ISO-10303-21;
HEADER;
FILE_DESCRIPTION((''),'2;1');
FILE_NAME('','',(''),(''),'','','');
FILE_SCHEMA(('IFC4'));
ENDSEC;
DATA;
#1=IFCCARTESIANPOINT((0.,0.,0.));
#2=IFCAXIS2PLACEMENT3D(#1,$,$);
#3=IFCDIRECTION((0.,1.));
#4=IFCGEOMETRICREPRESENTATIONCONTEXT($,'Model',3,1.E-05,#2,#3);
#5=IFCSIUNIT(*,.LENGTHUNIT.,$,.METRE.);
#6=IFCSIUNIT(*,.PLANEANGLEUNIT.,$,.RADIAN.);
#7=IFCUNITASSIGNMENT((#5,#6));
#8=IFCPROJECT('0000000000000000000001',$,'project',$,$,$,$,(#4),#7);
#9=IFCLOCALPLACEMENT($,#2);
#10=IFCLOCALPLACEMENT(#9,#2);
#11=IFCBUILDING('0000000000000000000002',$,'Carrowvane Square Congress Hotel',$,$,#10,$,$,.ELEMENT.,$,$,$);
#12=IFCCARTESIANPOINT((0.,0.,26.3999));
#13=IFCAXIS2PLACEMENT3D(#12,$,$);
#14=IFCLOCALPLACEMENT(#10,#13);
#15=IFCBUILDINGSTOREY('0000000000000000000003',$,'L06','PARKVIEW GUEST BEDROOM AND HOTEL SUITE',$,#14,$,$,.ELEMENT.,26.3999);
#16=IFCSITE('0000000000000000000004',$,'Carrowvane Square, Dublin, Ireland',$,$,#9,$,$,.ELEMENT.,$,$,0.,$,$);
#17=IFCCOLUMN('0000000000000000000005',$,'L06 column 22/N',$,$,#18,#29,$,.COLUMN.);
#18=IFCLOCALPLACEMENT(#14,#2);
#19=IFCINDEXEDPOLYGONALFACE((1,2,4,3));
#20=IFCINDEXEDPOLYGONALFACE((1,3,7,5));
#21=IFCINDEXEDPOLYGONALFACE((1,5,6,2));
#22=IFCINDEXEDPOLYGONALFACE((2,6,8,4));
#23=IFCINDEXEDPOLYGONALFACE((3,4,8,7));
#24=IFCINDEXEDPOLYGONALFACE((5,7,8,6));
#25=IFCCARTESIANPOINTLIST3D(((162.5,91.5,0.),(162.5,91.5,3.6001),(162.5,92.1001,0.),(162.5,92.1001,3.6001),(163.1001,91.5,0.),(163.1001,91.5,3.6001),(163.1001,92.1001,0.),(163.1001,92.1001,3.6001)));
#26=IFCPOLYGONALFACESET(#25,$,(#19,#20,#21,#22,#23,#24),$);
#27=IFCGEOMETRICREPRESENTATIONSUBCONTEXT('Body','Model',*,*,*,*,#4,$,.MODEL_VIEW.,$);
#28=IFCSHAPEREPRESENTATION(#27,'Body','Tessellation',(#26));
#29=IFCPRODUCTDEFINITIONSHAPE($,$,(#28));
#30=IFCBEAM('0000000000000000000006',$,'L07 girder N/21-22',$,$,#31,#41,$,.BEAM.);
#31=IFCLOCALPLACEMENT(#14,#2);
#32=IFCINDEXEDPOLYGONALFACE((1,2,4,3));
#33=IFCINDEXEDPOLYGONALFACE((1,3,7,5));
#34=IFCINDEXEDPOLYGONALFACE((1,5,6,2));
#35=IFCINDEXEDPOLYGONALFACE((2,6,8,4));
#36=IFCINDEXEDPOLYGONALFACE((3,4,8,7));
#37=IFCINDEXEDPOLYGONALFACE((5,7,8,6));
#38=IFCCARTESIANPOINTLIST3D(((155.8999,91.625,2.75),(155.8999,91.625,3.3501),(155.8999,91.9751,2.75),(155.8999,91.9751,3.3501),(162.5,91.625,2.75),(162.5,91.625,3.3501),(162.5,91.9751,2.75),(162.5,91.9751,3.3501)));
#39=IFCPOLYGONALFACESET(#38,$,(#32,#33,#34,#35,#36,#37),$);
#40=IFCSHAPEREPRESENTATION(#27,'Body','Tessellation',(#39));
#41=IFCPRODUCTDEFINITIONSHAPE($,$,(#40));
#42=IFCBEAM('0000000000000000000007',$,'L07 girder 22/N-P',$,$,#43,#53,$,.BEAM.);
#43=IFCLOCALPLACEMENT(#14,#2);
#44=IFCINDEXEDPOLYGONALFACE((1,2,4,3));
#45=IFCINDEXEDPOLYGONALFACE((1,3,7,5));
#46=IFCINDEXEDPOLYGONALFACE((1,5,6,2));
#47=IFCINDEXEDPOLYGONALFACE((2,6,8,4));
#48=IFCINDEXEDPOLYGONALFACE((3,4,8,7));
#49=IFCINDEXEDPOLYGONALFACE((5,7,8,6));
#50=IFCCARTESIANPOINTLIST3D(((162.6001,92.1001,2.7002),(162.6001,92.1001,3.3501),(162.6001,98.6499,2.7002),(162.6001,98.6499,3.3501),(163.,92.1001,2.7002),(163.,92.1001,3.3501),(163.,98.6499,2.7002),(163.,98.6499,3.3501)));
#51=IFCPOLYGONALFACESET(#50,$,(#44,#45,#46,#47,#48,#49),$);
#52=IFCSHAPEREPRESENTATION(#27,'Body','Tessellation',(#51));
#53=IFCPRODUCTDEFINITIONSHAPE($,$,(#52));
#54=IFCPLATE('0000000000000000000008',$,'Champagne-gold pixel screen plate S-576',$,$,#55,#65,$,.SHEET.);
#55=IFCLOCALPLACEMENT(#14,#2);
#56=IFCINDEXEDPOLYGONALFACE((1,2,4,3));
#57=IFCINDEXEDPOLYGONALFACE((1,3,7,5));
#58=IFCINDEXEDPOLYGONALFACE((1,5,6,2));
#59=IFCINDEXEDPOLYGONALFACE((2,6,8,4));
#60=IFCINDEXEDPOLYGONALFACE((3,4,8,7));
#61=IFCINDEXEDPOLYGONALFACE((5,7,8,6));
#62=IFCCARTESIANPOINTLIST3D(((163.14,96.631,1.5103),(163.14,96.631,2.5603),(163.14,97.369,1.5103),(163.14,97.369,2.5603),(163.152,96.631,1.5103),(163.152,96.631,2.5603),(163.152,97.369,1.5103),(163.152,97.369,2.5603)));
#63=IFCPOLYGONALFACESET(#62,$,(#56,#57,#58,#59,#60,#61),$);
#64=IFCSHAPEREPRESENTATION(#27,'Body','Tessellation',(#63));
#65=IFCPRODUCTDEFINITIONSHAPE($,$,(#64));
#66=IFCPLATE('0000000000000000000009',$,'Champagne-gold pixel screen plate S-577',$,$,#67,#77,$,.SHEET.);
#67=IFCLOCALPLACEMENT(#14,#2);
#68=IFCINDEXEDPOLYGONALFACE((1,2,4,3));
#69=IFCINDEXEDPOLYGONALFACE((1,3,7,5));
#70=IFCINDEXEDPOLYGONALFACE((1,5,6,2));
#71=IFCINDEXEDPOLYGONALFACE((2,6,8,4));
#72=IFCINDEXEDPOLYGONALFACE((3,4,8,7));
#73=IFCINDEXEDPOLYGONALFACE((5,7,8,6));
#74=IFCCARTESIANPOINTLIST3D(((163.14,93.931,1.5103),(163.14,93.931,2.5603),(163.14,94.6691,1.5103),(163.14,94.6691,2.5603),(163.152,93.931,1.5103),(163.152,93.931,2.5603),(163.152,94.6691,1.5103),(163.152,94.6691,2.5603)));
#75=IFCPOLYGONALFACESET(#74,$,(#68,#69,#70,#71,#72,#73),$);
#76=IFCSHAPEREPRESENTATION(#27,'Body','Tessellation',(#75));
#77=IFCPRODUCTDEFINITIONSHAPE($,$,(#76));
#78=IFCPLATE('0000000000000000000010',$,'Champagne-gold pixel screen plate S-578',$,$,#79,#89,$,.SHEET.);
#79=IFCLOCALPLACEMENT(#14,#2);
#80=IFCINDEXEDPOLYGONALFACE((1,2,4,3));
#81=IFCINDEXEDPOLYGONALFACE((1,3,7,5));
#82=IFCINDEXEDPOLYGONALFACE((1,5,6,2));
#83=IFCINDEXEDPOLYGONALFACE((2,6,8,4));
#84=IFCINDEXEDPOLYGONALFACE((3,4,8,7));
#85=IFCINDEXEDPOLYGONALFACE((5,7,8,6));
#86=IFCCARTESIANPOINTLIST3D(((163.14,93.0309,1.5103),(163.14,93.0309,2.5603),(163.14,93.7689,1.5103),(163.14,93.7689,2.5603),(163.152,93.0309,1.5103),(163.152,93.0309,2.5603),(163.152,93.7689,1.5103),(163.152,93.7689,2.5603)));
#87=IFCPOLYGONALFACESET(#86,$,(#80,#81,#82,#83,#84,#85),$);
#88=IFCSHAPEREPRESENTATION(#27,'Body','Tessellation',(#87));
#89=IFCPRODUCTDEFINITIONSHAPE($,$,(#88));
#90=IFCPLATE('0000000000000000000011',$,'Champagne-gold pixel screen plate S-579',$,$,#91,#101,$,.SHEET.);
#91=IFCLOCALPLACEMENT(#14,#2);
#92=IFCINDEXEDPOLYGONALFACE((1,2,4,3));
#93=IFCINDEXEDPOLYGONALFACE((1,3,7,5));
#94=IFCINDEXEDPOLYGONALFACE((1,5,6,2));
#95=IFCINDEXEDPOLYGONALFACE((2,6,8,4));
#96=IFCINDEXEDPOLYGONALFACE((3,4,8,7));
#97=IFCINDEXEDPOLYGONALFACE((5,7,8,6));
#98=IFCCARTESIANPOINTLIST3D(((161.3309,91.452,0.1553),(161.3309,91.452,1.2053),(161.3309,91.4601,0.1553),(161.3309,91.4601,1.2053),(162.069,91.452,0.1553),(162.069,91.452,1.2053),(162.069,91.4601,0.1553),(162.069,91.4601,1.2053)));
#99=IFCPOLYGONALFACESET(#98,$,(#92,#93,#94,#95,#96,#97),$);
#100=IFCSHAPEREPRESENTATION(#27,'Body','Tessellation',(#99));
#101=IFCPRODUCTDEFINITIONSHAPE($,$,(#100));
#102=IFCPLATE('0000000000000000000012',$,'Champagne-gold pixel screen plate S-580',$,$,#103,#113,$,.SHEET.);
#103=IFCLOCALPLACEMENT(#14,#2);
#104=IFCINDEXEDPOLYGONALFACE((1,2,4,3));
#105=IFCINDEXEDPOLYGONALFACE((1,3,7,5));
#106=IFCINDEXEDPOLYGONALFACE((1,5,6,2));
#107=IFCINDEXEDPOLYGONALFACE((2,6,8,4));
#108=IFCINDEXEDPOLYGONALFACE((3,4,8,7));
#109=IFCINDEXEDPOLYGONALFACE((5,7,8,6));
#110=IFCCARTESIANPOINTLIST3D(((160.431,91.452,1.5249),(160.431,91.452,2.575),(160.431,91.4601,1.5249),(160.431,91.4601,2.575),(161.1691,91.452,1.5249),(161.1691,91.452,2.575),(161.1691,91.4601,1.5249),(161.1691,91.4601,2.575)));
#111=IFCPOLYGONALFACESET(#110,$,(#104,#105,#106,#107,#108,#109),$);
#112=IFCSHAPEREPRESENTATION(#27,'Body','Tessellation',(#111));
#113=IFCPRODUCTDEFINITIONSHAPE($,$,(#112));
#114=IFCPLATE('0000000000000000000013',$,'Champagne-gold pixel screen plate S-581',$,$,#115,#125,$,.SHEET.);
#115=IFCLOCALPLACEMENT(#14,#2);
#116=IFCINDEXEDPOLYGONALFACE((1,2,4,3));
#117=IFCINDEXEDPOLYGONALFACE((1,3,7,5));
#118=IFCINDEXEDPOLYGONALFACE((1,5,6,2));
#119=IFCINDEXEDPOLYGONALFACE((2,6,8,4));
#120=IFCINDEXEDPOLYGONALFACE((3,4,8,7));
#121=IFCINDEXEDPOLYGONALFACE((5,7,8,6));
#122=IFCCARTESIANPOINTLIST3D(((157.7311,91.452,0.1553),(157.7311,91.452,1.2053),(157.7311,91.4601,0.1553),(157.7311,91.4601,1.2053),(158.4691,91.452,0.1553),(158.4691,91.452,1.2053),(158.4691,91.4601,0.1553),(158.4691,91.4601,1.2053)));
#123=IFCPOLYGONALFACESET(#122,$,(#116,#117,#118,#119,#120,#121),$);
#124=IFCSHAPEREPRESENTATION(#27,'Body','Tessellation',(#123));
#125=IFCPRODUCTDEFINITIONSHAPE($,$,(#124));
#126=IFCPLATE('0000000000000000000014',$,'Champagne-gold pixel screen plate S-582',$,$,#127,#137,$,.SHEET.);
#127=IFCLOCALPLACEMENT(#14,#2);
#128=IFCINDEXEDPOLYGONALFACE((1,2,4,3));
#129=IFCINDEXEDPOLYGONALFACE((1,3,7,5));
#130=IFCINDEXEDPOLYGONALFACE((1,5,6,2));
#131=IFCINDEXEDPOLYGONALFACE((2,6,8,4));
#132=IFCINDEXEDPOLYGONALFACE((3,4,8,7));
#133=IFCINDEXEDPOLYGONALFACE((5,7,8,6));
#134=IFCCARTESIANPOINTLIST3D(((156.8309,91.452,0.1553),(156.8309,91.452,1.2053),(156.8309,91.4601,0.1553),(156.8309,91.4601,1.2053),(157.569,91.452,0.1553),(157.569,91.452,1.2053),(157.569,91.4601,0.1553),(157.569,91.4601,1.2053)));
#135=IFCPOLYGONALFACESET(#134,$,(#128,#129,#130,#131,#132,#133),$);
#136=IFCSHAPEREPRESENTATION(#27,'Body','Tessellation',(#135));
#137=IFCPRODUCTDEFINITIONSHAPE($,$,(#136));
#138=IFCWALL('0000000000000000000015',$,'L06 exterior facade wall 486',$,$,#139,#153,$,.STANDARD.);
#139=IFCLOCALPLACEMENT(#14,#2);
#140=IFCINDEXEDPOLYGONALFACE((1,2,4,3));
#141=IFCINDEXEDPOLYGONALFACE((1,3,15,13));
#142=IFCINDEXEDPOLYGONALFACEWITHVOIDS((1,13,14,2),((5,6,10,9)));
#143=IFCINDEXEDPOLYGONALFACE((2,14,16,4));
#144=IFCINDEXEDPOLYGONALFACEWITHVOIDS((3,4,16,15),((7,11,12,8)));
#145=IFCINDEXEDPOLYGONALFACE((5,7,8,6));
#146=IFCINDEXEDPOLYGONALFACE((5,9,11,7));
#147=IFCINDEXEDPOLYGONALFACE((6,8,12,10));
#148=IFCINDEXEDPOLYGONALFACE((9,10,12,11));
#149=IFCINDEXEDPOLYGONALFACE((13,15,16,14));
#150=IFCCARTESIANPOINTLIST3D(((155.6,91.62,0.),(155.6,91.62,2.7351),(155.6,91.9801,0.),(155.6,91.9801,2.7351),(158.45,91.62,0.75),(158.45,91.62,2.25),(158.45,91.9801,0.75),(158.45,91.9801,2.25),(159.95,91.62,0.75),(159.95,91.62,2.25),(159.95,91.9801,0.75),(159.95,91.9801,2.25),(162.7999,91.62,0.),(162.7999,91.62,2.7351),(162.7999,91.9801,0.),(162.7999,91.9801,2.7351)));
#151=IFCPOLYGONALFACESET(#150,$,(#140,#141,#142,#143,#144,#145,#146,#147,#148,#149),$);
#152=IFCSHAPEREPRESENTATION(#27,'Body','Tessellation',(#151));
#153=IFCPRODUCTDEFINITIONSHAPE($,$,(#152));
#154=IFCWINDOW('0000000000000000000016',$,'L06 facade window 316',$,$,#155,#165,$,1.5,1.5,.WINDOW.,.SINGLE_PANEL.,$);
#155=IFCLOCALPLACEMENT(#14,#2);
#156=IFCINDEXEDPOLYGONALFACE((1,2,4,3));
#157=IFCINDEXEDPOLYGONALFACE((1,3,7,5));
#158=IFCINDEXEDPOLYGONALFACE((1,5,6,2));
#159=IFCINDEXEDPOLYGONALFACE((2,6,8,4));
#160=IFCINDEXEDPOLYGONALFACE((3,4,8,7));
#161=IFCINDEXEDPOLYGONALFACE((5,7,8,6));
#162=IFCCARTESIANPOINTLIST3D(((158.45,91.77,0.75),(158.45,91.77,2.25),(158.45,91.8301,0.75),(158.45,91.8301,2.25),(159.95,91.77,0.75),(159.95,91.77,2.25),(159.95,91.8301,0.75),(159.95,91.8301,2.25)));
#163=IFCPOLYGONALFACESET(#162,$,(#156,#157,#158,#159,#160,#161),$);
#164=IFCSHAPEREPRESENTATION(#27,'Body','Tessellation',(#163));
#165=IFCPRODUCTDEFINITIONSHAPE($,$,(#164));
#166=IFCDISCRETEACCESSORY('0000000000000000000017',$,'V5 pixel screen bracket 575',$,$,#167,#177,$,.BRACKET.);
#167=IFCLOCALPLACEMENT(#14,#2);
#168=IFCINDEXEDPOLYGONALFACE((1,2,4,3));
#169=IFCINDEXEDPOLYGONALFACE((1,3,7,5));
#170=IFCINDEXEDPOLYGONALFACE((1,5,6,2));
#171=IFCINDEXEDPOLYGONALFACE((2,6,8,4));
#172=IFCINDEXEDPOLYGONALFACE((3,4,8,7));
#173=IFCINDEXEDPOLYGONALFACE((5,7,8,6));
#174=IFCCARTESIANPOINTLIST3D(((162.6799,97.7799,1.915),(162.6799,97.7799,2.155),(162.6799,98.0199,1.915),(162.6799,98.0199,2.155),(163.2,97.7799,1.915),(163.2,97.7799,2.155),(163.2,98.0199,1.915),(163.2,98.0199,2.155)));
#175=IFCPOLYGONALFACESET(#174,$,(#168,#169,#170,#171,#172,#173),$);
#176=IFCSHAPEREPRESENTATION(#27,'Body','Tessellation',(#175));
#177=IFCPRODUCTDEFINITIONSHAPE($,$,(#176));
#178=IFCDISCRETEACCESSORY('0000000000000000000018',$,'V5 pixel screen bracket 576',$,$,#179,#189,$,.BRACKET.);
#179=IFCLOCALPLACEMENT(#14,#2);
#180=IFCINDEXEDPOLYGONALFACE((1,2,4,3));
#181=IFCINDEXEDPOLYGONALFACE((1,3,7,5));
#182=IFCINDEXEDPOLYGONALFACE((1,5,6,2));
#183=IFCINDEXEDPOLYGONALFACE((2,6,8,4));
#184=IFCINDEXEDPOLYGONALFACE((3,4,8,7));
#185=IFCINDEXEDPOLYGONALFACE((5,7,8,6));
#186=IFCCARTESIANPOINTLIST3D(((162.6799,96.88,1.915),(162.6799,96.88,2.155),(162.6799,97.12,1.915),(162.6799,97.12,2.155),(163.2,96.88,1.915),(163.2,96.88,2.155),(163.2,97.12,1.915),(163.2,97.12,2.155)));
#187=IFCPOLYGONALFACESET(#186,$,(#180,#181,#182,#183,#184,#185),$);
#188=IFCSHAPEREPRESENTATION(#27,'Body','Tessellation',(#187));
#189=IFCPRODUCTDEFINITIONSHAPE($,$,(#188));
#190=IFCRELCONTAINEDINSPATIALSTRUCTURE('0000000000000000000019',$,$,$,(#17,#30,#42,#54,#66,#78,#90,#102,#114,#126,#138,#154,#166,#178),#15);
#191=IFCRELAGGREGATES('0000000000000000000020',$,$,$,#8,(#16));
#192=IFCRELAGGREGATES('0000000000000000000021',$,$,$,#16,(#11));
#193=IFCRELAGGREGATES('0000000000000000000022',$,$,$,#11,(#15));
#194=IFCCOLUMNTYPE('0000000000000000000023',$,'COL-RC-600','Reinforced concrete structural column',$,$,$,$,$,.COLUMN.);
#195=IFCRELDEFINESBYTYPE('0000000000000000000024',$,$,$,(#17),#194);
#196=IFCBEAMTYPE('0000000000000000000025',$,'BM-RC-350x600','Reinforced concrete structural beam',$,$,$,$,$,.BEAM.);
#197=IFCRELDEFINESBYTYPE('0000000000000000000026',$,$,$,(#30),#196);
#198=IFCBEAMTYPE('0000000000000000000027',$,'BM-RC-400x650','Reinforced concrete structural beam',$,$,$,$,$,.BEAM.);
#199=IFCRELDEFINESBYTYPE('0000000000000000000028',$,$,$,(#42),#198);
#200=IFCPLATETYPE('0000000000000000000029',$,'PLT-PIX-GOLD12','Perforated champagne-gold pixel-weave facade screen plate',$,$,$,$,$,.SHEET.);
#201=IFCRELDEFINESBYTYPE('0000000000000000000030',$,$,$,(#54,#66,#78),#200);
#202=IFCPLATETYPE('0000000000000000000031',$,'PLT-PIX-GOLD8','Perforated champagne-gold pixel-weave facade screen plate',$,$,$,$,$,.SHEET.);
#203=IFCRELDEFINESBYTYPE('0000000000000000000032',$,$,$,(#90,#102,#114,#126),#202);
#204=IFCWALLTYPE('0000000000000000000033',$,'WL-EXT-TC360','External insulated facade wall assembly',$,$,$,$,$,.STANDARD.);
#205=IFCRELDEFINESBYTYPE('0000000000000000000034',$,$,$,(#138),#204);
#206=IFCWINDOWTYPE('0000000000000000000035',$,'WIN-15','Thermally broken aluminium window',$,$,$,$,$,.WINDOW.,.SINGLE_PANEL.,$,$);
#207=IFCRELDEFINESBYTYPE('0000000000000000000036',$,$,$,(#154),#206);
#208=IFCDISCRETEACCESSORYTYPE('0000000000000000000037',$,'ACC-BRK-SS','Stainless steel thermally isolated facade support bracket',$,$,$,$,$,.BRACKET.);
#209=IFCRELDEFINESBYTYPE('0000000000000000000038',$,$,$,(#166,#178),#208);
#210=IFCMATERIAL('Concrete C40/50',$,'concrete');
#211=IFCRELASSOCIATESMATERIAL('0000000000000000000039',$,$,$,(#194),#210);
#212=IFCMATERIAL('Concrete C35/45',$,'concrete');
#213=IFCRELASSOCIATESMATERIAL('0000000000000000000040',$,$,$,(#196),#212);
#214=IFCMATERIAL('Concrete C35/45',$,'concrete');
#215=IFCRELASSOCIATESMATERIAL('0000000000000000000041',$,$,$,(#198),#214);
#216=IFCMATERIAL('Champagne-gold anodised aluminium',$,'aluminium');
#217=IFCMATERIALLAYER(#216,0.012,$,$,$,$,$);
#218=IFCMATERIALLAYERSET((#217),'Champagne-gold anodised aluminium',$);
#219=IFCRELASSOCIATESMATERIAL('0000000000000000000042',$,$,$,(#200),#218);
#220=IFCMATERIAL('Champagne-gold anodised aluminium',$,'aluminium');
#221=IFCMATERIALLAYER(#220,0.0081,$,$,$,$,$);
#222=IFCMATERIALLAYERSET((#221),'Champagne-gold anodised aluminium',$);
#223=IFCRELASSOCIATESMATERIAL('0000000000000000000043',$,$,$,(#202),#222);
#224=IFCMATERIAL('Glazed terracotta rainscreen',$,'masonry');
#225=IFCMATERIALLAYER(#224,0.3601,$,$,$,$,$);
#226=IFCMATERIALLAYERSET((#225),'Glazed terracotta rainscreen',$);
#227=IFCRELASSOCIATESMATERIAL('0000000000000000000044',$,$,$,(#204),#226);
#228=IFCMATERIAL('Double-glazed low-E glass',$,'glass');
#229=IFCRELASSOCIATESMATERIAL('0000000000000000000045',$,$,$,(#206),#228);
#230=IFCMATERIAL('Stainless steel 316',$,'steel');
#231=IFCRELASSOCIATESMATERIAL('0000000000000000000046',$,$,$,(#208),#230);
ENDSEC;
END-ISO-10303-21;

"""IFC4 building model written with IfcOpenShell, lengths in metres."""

from ifc_helpers import new_model, si_unit, direction, frame, frame_2d, origin, origin_2d, place, context, subcontext, project, spatial, rectangle, extrude, material, layer, layer_set, material_profile, profile_set, type_object, element, fill, save


model = new_model("IFC4")

# Units and contexts
model_context = context("Model", 3, precision=1e-05, world=origin(), true_north=direction((0.0, 1.0)))
body_context = subcontext(model_context, "Body", "Model", "MODEL_VIEW")
ifc_project = project(units=[si_unit("LENGTHUNIT", "METRE"), si_unit("PLANEANGLEUNIT", "RADIAN")], contexts=[model_context])

# Site, building, storey
site_placement = place(None, origin())
site = spatial("IfcSite", under=ifc_project, at=site_placement, Name="Carrowvane Square, Dublin, Ireland", CompositionType="ELEMENT", RefElevation=0.0)
building_placement = place(site_placement, origin())
building = spatial("IfcBuilding", under=site, at=building_placement, Name="Carrowvane Square Congress Hotel", CompositionType="ELEMENT")
storey_placement = place(building_placement, frame((0.0, 0.0, 26.3999)))
storey = spatial("IfcBuildingStorey", under=building, at=storey_placement, Name="L06", Description="PARKVIEW GUEST BEDROOM AND HOTEL SUITE", CompositionType="ELEMENT", Elevation=26.3999)

# Column
ifc_material_1 = material(Name="Concrete C40/50", Category="concrete")
ifc_material_profile_1 = material_profile(ifc_material_1, rectangle(XDim=0.6001, YDim=0.6001, at=origin_2d()), Name="RC 600x600")
ifc_profile_set_1 = profile_set([ifc_material_profile_1], Name="Concrete C40/50")
column_type = type_object("IfcColumnType", Name="COL-RC-600", Description="Reinforced concrete structural column", PredefinedType="COLUMN", material=ifc_profile_set_1)
column_placement = place(storey_placement, frame((162.8, 91.8, 0.0), z_axis=(0.0, 0.0, 1.0), x_axis=(1.0, 0.0, 0.0)))
element("IfcColumn", 1, at=column_placement, inside=storey, type_object=column_type, Name="L06 column 22/N", PredefinedType="COLUMN", context=body_context, shape_type="SweptSolid", body=[
    extrude(rectangle(XDim=0.6001, YDim=0.6001, at=origin_2d()), origin(), (0.0, 0.0, 1.0), 3.6001),
])

# Beams
ifc_material_2 = material(Name="Concrete C35/45", Category="concrete")
ifc_material_profile_2 = material_profile(ifc_material_2, rectangle(XDim=0.3501, YDim=0.6001, at=origin_2d()), Name="RC 350x600")
ifc_profile_set_2 = profile_set([ifc_material_profile_2], Name="Concrete C35/45")
beam_type_1 = type_object("IfcBeamType", Name="BM-RC-350x600", Description="Reinforced concrete structural beam", PredefinedType="BEAM", material=ifc_profile_set_2)
beam_1_placement = place(storey_placement, frame((155.8999, 91.8, 3.05), z_axis=(1.0, 0.0, 0.0), x_axis=(0.0, 1.0, 0.0)))
element("IfcBeam", 2, at=beam_1_placement, inside=storey, type_object=beam_type_1, Name="L07 girder N/21-22", PredefinedType="BEAM", context=body_context, shape_type="SweptSolid", body=[
    extrude(rectangle(XDim=0.3501, YDim=0.6001, at=origin_2d()), origin(), (0.0, 0.0, 1.0), 6.6001),
])
ifc_material_3 = material(Name="Concrete C35/45", Category="concrete")
ifc_material_profile_3 = material_profile(ifc_material_3, rectangle(XDim=0.3999, YDim=0.6499, at=origin_2d()), Name="RC 400x650")
ifc_profile_set_3 = profile_set([ifc_material_profile_3], Name="Concrete C35/45")
beam_type_2 = type_object("IfcBeamType", Name="BM-RC-400x650", Description="Reinforced concrete structural beam", PredefinedType="BEAM", material=ifc_profile_set_3)
beam_2_placement = place(storey_placement, frame((162.8, 92.1001, 3.0251), z_axis=(0.0, 1.0, 0.0), x_axis=(-1.0, 0.0, 0.0)))
element("IfcBeam", 3, at=beam_2_placement, inside=storey, type_object=beam_type_2, Name="L07 girder 22/N-P", PredefinedType="BEAM", context=body_context, shape_type="SweptSolid", body=[
    extrude(rectangle(XDim=0.3999, YDim=0.6499, at=origin_2d()), origin(), (0.0, 0.0, 1.0), 6.5498),
])

# Plates
ifc_material_4 = material(Name="Champagne-gold anodised aluminium", Category="aluminium")
ifc_layer_1 = layer(ifc_material_4, 0.012)
ifc_layer_set_1 = layer_set([ifc_layer_1], Name="Champagne-gold anodised aluminium")
plate_type_1 = type_object("IfcPlateType", Name="PLT-PIX-GOLD12", Description="Perforated champagne-gold pixel-weave facade screen plate", PredefinedType="SHEET", material=ifc_layer_set_1)
for number, where, z_axis, x_axis, name in (
    (4, (163.146, 97.0, 1.5103), (0.0, 0.0, 1.0), (0.0, -1.0, 0.0), "Champagne-gold pixel screen plate S-576"),
    (5, (163.146, 94.3, 1.5103), (0.0, 0.0, 1.0), (0.0, -1.0, 0.0), "Champagne-gold pixel screen plate S-577"),
    (6, (163.146, 93.3999, 1.5103), (0.0, 0.0, 1.0), (0.0, -1.0, 0.0), "Champagne-gold pixel screen plate S-578"),
):
    element("IfcPlate", number, at=place(storey_placement, frame(where, z_axis=z_axis, x_axis=x_axis)), inside=storey, type_object=plate_type_1, Name=name, PredefinedType="SHEET", context=body_context, shape_type="SweptSolid", body=[
        extrude(rectangle(XDim=0.738, YDim=0.012, at=origin_2d()), origin(), (0.0, 0.0, 1.0), 1.05),
    ])
ifc_material_5 = material(Name="Champagne-gold anodised aluminium", Category="aluminium")
ifc_layer_2 = layer(ifc_material_5, 0.0081)
ifc_layer_set_2 = layer_set([ifc_layer_2], Name="Champagne-gold anodised aluminium")
plate_type_2 = type_object("IfcPlateType", Name="PLT-PIX-GOLD8", Description="Perforated champagne-gold pixel-weave facade screen plate", PredefinedType="SHEET", material=ifc_layer_set_2)
for number, where, z_axis, x_axis, name in (
    (7, (161.7, 91.4561, 0.1553), (0.0, 0.0, 1.0), (-1.0, 0.0, 0.0), "Champagne-gold pixel screen plate S-579"),
    (8, (160.8, 91.4561, 1.5249), (0.0, 0.0, 1.0), (-1.0, 0.0, 0.0), "Champagne-gold pixel screen plate S-580"),
    (9, (158.1001, 91.4561, 0.1553), (0.0, 0.0, 1.0), (-1.0, 0.0, 0.0), "Champagne-gold pixel screen plate S-581"),
    (10, (157.2, 91.4561, 0.1553), (0.0, 0.0, 1.0), (-1.0, 0.0, 0.0), "Champagne-gold pixel screen plate S-582"),
):
    element("IfcPlate", number, at=place(storey_placement, frame(where, z_axis=z_axis, x_axis=x_axis)), inside=storey, type_object=plate_type_2, Name=name, PredefinedType="SHEET", context=body_context, shape_type="SweptSolid", body=[
        extrude(rectangle(XDim=0.738, YDim=0.0081, at=origin_2d()), origin(), (0.0, 0.0, 1.0), 1.05),
    ])

# Wall, opening, window
ifc_material_6 = material(Name="Glazed terracotta rainscreen", Category="masonry")
ifc_layer_3 = layer(ifc_material_6, 0.3601)
ifc_layer_set_3 = layer_set([ifc_layer_3], Name="Glazed terracotta rainscreen")
wall_type = type_object("IfcWallType", Name="WL-EXT-TC360", Description="External insulated facade wall assembly", PredefinedType="STANDARD", material=ifc_layer_set_3)
wall_placement = place(storey_placement, frame((162.8, 91.8, 0.0), z_axis=(0.0, 0.0, 1.0), x_axis=(-1.0, 0.0, 0.0)))
wall = element("IfcWall", 11, at=wall_placement, inside=storey, type_object=wall_type, Name="L06 exterior facade wall 486", PredefinedType="STANDARD", context=body_context, shape_type="SweptSolid", body=[
    extrude(rectangle(XDim=7.2, YDim=0.3601, at=frame_2d((3.6001, 0.0))), origin(), (0.0, 0.0, 1.0), 2.7351),
])
opening_placement = place(wall_placement, frame((2.8501, 0.0, 0.75)))
opening = element("IfcOpeningElement", 12, at=opening_placement, cuts=wall, PredefinedType="OPENING", context=body_context, shape_type="SweptSolid", body=[
    extrude(rectangle(XDim=1.5, YDim=1.5, at=frame_2d((0.75, 0.75))), frame((0.0, 0.1899, 0.0), z_axis=(0.0, -1.0, 0.0), x_axis=(1.0, 0.0, 0.0)), (0.0, 0.0, 1.0), 0.3801),
])
ifc_material_7 = material(Name="Double-glazed low-E glass", Category="glass")
window_type = type_object("IfcWindowType", Name="WIN-15", Description="Thermally broken aluminium window", PartitioningType="SINGLE_PANEL", PredefinedType="WINDOW", material=ifc_material_7)
window_placement = place(opening_placement, origin())
window = element("IfcWindow", 13, at=window_placement, inside=storey, type_object=window_type, Name="L06 facade window 316", OverallHeight=1.5, OverallWidth=1.5, PartitioningType="SINGLE_PANEL", PredefinedType="WINDOW", context=body_context, shape_type="SweptSolid", body=[
    extrude(rectangle(XDim=1.5, YDim=1.5, at=frame_2d((0.75, 0.75))), frame((0.0, 0.03, 0.0), z_axis=(0.0, -1.0, 0.0), x_axis=(1.0, 0.0, 0.0)), (0.0, 0.0, 1.0), 0.0601),
])
fill(opening, window)

# Discrete accessories
ifc_material_8 = material(Name="Stainless steel 316", Category="steel")
discrete_accessory_type = type_object("IfcDiscreteAccessoryType", Name="ACC-BRK-SS", Description="Stainless steel thermally isolated facade support bracket", PredefinedType="BRACKET", material=ifc_material_8)
for number, where, z_axis, x_axis, name in (
    (14, (162.9399, 97.8999, 1.915), (0.0, 0.0, 1.0), (0.0, -1.0, 0.0), "V5 pixel screen bracket 575"),
    (15, (162.9399, 97.0, 1.915), (0.0, 0.0, 1.0), (0.0, -1.0, 0.0), "V5 pixel screen bracket 576"),
):
    element("IfcDiscreteAccessory", number, at=place(storey_placement, frame(where, z_axis=z_axis, x_axis=x_axis)), inside=storey, type_object=discrete_accessory_type, Name=name, PredefinedType="BRACKET", context=body_context, shape_type="SweptSolid", body=[
        extrude(rectangle(XDim=0.24, YDim=0.52, at=origin_2d()), origin(), (0.0, 0.0, 1.0), 0.24),
    ])

save(model, "model.ifc")
